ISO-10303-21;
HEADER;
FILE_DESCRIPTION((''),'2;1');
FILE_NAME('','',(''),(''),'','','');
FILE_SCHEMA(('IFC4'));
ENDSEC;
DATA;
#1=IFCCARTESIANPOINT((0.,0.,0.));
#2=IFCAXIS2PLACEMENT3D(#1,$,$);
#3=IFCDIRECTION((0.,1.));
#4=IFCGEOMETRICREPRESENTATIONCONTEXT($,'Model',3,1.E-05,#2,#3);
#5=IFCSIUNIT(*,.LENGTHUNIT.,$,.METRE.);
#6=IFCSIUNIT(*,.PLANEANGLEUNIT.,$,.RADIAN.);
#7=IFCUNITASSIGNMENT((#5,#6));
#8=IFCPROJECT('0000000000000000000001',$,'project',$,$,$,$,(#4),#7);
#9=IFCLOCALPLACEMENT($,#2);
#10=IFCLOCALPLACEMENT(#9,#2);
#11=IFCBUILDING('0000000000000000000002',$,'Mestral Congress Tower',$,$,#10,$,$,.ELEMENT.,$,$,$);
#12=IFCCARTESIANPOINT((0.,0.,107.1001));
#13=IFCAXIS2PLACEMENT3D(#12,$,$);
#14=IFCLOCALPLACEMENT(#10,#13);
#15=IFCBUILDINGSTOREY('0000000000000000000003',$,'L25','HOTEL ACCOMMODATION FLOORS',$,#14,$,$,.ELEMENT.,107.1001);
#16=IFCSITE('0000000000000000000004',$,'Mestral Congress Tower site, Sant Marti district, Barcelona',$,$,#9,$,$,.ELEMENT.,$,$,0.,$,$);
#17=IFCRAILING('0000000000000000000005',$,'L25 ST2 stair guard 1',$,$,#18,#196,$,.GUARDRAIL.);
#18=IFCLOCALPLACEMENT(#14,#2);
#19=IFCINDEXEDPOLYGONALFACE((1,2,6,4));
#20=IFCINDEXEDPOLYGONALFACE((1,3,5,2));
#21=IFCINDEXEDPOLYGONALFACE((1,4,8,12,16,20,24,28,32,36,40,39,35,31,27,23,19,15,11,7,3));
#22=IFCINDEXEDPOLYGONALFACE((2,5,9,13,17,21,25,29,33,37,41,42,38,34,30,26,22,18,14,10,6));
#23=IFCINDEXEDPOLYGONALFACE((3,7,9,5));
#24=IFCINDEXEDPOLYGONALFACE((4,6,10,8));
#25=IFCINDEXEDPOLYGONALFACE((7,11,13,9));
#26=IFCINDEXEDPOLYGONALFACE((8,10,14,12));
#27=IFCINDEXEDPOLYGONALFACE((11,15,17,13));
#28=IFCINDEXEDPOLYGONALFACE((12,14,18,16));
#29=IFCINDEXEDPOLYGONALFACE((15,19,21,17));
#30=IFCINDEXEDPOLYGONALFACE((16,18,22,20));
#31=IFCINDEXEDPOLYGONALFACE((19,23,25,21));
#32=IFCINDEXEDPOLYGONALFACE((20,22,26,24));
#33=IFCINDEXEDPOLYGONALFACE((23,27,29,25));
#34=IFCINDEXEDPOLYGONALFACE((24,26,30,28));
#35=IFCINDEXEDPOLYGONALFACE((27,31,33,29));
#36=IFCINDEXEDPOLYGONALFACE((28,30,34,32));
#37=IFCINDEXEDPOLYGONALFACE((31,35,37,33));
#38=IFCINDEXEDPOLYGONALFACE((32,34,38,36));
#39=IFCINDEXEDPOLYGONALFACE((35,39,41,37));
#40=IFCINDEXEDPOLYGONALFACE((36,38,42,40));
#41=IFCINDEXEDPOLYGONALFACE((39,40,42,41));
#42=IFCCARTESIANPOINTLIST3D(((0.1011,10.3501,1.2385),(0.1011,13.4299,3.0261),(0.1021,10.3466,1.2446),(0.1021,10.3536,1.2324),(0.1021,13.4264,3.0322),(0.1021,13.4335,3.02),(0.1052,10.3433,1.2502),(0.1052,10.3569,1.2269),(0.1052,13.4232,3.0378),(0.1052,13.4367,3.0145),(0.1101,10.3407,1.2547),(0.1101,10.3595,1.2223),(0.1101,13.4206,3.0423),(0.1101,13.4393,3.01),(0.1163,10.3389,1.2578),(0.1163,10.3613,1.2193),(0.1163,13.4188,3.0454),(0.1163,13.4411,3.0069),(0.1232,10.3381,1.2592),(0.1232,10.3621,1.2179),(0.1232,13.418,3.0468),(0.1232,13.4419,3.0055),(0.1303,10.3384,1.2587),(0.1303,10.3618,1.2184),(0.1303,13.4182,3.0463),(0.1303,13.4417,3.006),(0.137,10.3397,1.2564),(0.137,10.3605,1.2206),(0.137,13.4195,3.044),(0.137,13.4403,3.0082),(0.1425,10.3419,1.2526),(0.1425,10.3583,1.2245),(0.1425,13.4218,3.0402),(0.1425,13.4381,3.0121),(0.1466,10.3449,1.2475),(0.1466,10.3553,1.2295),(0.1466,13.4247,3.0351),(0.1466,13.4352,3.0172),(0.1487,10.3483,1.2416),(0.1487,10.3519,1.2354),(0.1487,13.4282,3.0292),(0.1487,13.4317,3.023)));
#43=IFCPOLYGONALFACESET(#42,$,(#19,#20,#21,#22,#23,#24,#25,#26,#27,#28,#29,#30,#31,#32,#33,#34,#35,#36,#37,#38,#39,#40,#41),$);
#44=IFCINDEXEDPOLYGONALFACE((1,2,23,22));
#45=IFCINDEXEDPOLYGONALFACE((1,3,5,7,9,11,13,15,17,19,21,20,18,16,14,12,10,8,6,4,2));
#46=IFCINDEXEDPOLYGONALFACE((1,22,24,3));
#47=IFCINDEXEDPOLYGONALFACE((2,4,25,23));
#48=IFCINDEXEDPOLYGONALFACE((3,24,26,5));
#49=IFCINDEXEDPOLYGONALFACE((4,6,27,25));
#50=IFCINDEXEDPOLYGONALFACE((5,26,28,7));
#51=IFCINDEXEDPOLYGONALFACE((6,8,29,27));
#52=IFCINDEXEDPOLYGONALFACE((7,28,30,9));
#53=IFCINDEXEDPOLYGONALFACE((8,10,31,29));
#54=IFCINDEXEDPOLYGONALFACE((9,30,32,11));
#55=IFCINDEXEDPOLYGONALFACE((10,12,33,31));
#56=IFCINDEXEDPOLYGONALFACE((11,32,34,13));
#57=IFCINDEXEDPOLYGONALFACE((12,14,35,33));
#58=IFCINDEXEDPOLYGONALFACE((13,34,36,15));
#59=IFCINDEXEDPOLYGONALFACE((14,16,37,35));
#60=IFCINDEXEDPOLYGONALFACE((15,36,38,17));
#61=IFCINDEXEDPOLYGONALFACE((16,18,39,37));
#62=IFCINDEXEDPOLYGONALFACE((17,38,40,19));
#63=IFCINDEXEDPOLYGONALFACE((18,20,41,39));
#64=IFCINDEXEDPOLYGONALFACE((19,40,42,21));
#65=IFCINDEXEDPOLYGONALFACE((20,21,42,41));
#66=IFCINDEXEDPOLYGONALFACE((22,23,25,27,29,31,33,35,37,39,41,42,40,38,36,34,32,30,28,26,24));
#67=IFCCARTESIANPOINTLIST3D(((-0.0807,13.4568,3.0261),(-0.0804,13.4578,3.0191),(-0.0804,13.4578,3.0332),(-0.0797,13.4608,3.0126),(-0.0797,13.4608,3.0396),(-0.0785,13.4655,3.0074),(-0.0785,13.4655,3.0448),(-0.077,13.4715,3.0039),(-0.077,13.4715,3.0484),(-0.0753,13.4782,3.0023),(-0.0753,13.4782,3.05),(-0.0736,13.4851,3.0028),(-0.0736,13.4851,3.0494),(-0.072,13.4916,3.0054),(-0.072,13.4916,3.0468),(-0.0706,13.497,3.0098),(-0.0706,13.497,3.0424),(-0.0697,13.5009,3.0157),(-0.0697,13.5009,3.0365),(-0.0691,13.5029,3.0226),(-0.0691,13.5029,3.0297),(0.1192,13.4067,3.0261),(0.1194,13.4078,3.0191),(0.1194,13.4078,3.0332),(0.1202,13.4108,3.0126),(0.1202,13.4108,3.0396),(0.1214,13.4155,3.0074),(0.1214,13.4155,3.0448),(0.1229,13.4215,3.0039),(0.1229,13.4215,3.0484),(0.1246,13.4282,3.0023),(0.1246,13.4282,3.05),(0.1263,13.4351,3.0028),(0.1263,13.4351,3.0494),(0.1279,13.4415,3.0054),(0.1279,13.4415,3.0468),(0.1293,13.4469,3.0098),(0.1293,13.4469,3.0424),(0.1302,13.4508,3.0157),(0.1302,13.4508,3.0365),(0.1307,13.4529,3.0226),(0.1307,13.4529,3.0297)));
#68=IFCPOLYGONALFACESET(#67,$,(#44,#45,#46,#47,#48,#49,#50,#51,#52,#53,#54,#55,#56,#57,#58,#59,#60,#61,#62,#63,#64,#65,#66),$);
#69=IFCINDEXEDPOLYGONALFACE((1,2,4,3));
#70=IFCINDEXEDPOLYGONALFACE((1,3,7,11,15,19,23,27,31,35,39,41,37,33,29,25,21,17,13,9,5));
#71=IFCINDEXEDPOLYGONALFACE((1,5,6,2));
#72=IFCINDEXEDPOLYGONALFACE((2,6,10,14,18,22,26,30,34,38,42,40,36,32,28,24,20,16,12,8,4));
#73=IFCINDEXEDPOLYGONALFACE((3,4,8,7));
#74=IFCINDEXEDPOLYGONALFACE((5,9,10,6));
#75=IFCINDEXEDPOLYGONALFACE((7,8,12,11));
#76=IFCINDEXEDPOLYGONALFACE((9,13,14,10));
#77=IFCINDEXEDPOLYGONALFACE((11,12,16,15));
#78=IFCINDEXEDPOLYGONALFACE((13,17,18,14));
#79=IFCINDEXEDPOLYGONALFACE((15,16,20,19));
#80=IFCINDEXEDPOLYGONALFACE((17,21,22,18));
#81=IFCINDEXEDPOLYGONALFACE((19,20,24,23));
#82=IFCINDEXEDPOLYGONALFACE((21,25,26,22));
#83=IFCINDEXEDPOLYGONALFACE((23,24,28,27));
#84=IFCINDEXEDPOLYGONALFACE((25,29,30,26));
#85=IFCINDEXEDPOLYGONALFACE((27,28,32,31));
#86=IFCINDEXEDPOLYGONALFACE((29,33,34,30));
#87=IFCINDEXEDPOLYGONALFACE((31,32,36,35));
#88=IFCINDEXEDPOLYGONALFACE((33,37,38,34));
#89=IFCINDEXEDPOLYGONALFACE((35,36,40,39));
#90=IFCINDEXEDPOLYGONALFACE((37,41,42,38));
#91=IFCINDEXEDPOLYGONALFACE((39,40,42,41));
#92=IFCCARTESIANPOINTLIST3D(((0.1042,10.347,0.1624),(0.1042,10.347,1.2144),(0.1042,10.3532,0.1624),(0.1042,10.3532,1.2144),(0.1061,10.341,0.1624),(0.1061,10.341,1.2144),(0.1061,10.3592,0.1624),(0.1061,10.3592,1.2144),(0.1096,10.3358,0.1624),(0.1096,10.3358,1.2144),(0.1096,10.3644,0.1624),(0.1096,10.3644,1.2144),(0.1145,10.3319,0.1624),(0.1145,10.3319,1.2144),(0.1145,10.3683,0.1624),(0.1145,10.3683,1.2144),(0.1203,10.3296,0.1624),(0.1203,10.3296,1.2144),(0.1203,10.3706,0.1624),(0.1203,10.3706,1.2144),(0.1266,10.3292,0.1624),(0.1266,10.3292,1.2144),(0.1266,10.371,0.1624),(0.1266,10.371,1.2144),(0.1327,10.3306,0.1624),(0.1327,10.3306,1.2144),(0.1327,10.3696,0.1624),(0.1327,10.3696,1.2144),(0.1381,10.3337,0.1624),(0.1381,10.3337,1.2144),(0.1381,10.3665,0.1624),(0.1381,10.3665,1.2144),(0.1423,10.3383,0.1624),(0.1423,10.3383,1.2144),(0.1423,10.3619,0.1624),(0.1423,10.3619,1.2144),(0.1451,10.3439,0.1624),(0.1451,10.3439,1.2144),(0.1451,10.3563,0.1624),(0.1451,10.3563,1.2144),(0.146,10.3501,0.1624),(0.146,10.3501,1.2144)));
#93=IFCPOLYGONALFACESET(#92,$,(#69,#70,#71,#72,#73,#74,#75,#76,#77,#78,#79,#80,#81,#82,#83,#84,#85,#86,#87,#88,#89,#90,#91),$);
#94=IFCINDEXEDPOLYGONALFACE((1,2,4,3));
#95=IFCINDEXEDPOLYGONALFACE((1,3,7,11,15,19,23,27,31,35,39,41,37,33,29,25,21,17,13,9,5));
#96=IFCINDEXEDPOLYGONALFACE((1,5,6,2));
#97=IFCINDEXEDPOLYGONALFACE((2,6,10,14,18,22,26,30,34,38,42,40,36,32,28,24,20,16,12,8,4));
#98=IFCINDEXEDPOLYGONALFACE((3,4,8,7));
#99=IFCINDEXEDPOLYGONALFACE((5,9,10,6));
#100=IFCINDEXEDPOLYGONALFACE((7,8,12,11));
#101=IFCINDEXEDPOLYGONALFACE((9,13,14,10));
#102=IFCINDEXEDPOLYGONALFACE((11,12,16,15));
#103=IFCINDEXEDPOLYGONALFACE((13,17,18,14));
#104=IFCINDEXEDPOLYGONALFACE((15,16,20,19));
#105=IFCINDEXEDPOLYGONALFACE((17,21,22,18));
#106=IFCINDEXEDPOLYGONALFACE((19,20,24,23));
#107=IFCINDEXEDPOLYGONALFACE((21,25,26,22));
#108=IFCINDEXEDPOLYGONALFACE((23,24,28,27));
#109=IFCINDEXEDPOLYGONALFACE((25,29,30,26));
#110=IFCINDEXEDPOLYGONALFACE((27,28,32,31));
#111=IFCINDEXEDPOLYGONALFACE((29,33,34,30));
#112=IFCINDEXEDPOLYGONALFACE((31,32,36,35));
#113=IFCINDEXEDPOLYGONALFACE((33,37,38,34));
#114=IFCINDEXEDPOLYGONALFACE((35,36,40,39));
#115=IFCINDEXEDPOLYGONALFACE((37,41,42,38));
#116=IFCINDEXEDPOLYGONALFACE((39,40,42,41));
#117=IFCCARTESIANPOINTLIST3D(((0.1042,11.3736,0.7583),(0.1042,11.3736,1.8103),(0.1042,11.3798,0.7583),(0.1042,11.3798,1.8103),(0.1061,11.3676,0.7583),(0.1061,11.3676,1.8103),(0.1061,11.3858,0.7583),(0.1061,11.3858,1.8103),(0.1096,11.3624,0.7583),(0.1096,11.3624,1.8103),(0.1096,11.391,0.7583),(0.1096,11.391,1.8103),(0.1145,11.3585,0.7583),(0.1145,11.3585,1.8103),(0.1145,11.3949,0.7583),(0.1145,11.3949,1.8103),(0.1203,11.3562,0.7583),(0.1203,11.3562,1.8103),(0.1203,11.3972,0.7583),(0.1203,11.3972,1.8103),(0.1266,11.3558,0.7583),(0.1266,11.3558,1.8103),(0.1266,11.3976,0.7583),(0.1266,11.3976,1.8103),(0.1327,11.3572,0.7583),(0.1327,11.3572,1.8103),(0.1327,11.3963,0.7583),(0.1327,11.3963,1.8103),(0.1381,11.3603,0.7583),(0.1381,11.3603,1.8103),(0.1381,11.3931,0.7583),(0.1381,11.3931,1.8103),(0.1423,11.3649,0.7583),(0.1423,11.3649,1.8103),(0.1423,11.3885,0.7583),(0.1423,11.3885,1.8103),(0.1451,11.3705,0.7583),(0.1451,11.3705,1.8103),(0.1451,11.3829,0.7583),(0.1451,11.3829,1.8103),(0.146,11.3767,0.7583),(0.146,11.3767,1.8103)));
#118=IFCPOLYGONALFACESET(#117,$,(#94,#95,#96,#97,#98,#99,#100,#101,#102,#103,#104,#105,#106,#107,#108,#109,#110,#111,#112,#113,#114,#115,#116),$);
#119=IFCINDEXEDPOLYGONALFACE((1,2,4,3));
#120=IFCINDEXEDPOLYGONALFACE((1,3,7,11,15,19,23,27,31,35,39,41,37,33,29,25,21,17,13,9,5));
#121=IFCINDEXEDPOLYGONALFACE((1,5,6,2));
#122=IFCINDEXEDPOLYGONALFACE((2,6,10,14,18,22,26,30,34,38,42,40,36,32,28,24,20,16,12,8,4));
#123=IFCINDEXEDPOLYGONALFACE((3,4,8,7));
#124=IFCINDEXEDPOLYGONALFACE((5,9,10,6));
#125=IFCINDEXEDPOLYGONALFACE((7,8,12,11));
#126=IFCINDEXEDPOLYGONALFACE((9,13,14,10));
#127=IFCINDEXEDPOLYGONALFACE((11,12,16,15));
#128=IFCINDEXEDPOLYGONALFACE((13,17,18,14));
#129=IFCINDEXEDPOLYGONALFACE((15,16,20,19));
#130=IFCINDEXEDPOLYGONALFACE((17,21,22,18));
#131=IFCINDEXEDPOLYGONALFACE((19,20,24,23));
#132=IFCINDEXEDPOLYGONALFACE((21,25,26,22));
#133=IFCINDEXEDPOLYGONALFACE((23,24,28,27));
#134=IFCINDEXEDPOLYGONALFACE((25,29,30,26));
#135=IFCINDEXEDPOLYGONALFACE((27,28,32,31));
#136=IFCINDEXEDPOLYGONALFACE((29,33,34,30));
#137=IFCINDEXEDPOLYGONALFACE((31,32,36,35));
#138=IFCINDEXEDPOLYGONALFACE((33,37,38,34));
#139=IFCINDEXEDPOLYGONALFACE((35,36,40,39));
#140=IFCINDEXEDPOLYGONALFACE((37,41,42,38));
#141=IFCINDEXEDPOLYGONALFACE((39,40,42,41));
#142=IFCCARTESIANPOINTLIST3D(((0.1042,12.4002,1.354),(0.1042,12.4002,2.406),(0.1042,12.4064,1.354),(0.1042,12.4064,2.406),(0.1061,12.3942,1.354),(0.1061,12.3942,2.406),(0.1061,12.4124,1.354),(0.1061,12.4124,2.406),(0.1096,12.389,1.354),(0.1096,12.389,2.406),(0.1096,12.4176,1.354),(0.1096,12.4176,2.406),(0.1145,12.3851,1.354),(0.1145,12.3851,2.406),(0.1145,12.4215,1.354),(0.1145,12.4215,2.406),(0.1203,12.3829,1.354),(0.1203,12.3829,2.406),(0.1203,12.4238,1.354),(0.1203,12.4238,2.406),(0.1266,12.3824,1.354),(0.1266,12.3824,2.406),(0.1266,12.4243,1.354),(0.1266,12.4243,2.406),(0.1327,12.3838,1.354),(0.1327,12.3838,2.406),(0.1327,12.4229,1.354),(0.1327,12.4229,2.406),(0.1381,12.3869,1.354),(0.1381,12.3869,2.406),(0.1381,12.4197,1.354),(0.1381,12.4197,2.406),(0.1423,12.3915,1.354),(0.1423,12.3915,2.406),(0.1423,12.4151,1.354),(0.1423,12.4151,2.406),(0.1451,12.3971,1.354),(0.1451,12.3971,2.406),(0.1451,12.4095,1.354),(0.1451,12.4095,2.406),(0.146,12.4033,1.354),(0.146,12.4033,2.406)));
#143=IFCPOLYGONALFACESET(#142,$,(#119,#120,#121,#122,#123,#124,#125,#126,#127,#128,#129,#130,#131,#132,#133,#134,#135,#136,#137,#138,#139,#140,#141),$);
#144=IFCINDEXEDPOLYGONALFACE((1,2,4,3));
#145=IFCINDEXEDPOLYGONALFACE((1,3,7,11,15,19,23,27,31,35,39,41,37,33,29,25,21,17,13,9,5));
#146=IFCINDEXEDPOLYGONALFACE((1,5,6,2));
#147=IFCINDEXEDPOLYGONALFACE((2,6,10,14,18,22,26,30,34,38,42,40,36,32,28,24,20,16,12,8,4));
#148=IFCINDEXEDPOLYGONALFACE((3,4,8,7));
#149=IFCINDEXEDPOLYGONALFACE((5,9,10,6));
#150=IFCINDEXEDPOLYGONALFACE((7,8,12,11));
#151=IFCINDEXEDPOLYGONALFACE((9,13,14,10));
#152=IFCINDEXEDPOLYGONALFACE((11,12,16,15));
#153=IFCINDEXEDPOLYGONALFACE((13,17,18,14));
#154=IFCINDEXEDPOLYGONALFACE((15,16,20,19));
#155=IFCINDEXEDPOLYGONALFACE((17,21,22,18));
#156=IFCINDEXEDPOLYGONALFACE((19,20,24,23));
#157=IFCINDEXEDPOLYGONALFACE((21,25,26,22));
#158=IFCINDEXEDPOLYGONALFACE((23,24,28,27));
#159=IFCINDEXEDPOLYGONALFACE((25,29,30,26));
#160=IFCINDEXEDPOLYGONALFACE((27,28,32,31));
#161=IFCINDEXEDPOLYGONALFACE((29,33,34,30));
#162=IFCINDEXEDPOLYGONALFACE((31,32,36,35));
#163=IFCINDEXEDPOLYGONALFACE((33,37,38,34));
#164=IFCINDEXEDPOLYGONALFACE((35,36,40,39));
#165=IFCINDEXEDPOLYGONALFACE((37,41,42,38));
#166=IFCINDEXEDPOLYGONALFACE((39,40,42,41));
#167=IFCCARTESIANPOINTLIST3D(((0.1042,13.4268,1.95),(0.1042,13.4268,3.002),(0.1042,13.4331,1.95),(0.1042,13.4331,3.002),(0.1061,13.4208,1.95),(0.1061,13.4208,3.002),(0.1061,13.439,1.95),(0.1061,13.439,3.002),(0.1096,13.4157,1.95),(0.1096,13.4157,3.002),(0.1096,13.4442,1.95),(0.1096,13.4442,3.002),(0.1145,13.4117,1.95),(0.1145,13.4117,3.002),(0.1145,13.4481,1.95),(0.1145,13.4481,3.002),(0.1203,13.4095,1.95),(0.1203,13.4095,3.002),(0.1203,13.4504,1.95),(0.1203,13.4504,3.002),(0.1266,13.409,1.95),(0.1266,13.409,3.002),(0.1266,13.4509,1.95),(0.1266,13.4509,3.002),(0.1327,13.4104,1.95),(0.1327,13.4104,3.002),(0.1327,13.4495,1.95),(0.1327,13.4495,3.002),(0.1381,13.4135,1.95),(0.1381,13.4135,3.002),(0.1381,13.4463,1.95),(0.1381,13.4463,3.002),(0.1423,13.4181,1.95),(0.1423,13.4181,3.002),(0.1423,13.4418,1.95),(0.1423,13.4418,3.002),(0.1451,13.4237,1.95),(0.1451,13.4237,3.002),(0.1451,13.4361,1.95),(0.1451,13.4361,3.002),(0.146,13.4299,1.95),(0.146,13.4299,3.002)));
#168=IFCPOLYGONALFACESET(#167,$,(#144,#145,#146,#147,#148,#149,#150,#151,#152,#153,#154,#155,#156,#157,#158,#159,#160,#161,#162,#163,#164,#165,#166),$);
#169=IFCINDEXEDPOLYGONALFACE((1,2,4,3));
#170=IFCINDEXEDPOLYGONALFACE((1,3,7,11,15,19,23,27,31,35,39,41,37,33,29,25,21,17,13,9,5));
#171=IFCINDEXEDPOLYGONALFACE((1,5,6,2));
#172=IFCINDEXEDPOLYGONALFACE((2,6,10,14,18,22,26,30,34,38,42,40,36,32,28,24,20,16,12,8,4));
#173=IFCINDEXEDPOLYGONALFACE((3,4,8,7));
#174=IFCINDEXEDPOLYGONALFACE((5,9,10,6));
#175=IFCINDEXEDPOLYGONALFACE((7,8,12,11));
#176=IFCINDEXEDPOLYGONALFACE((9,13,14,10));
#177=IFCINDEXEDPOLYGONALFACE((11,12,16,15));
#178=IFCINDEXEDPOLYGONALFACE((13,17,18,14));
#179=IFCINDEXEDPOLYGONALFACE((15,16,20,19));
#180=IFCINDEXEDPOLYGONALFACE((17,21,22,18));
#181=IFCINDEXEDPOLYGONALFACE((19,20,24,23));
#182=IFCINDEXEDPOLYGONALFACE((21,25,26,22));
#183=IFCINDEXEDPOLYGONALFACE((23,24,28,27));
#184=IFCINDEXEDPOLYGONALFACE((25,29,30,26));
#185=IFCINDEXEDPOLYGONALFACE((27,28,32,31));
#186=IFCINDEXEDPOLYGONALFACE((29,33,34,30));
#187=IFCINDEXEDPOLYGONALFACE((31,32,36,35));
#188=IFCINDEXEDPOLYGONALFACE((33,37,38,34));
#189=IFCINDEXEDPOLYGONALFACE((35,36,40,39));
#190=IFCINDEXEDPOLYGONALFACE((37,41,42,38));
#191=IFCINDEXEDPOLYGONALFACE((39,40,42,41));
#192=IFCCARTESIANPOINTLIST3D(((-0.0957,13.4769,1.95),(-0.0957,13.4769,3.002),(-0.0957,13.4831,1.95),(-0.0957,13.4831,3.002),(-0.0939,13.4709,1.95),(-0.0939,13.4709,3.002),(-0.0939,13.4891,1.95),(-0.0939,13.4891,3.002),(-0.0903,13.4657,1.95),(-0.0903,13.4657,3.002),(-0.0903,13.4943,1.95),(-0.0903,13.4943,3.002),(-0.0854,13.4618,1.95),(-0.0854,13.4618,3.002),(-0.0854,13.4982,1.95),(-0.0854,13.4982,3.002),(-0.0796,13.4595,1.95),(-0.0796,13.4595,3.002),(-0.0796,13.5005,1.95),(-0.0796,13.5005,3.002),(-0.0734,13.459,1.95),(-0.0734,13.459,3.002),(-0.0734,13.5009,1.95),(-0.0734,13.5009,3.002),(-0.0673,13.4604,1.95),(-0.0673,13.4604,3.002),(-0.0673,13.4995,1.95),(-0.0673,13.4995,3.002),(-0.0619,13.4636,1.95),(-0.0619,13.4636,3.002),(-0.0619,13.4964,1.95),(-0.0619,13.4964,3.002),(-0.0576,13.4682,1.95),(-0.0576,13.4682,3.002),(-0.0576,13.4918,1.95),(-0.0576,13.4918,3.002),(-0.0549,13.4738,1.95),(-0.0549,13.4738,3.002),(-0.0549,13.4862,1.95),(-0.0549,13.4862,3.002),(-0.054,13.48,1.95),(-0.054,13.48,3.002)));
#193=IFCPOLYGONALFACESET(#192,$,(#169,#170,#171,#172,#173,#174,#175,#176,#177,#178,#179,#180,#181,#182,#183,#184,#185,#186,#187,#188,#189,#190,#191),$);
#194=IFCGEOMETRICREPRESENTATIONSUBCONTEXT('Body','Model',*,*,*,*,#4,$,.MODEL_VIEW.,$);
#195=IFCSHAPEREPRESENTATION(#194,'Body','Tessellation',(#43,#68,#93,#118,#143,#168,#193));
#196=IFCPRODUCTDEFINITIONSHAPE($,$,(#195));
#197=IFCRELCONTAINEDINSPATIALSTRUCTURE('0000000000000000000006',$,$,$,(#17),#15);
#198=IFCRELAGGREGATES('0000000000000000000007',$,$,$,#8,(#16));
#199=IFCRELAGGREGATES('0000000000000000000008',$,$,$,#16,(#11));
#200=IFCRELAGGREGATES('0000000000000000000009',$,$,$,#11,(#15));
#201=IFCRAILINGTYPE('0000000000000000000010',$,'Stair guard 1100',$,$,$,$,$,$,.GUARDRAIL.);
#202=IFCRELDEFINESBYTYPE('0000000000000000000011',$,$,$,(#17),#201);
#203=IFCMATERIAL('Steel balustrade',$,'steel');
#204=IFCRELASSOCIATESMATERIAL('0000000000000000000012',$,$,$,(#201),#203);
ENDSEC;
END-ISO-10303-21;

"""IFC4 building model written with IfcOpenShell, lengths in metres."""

from ifc_helpers import new_model, si_unit, direction, frame, origin, origin_2d, place, context, subcontext, project, spatial, circle, extrude, material, type_object, element, save


model = new_model("IFC4")

# Units and contexts
model_context = context("Model", 3, precision=1e-05, world=origin(), true_north=direction((0.0, 1.0)))
body_context = subcontext(model_context, "Body", "Model", "MODEL_VIEW")
ifc_project = project(units=[si_unit("LENGTHUNIT", "METRE"), si_unit("PLANEANGLEUNIT", "RADIAN")], contexts=[model_context])

# Site, building, storey
site_placement = place(None, origin())
site = spatial("IfcSite", under=ifc_project, at=site_placement, Name="Mestral Congress Tower site, Sant Marti district, Barcelona", CompositionType="ELEMENT", RefElevation=0.0)
building_placement = place(site_placement, origin())
building = spatial("IfcBuilding", under=site, at=building_placement, Name="Mestral Congress Tower", CompositionType="ELEMENT")
storey_placement = place(building_placement, frame((0.0, 0.0, 107.1001)))
storey = spatial("IfcBuildingStorey", under=building, at=storey_placement, Name="L25", Description="HOTEL ACCOMMODATION FLOORS", CompositionType="ELEMENT", Elevation=107.1001)

# Railing
ifc_material_1 = material(Name="Steel balustrade", Category="steel")
railing_type = type_object("IfcRailingType", Name="Stair guard 1100", PredefinedType="GUARDRAIL", material=ifc_material_1)
railing_1_placement = place(storey_placement, frame((0.125, 10.3501, 0.1624)))
element("IfcRailing", 1, at=railing_1_placement, inside=storey, type_object=railing_type, Name="L25 ST2 stair guard 1", PredefinedType="GUARDRAIL", context=body_context, shape_type="SweptSolid", body=[
    extrude(circle(Radius=0.0239, at=origin_2d()), frame((0.0, 0.0, 1.0762), z_axis=(0.0, 0.864873, 0.50199), x_axis=(-1.0, 0.0, 0.0)), (0.0, 0.0, 1.0), 3.561),
    extrude(circle(Radius=0.0239, at=origin_2d()), frame((0.0, 3.0798, 2.8638), z_axis=(-0.970073, 0.242814, 0.0), x_axis=(-0.242814, -0.970073, 0.0)), (0.0, 0.0, 1.0), 0.2061),
    extrude(circle(Radius=0.021, at=origin_2d()), origin(), (0.0, 0.0, 1.0), 1.052),
    extrude(circle(Radius=0.021, at=origin_2d()), frame((0.0, 1.0266, 0.5959)), (0.0, 0.0, 1.0), 1.052),
    extrude(circle(Radius=0.021, at=origin_2d()), frame((0.0, 2.0532, 1.1917)), (0.0, 0.0, 1.0), 1.052),
    extrude(circle(Radius=0.021, at=origin_2d()), frame((0.0, 3.0798, 1.7876)), (0.0, 0.0, 1.0), 1.052),
    extrude(circle(Radius=0.021, at=origin_2d()), frame((-0.2, 3.1299, 1.7876)), (0.0, 0.0, 1.0), 1.052),
])

save(model, "model.ifc")
